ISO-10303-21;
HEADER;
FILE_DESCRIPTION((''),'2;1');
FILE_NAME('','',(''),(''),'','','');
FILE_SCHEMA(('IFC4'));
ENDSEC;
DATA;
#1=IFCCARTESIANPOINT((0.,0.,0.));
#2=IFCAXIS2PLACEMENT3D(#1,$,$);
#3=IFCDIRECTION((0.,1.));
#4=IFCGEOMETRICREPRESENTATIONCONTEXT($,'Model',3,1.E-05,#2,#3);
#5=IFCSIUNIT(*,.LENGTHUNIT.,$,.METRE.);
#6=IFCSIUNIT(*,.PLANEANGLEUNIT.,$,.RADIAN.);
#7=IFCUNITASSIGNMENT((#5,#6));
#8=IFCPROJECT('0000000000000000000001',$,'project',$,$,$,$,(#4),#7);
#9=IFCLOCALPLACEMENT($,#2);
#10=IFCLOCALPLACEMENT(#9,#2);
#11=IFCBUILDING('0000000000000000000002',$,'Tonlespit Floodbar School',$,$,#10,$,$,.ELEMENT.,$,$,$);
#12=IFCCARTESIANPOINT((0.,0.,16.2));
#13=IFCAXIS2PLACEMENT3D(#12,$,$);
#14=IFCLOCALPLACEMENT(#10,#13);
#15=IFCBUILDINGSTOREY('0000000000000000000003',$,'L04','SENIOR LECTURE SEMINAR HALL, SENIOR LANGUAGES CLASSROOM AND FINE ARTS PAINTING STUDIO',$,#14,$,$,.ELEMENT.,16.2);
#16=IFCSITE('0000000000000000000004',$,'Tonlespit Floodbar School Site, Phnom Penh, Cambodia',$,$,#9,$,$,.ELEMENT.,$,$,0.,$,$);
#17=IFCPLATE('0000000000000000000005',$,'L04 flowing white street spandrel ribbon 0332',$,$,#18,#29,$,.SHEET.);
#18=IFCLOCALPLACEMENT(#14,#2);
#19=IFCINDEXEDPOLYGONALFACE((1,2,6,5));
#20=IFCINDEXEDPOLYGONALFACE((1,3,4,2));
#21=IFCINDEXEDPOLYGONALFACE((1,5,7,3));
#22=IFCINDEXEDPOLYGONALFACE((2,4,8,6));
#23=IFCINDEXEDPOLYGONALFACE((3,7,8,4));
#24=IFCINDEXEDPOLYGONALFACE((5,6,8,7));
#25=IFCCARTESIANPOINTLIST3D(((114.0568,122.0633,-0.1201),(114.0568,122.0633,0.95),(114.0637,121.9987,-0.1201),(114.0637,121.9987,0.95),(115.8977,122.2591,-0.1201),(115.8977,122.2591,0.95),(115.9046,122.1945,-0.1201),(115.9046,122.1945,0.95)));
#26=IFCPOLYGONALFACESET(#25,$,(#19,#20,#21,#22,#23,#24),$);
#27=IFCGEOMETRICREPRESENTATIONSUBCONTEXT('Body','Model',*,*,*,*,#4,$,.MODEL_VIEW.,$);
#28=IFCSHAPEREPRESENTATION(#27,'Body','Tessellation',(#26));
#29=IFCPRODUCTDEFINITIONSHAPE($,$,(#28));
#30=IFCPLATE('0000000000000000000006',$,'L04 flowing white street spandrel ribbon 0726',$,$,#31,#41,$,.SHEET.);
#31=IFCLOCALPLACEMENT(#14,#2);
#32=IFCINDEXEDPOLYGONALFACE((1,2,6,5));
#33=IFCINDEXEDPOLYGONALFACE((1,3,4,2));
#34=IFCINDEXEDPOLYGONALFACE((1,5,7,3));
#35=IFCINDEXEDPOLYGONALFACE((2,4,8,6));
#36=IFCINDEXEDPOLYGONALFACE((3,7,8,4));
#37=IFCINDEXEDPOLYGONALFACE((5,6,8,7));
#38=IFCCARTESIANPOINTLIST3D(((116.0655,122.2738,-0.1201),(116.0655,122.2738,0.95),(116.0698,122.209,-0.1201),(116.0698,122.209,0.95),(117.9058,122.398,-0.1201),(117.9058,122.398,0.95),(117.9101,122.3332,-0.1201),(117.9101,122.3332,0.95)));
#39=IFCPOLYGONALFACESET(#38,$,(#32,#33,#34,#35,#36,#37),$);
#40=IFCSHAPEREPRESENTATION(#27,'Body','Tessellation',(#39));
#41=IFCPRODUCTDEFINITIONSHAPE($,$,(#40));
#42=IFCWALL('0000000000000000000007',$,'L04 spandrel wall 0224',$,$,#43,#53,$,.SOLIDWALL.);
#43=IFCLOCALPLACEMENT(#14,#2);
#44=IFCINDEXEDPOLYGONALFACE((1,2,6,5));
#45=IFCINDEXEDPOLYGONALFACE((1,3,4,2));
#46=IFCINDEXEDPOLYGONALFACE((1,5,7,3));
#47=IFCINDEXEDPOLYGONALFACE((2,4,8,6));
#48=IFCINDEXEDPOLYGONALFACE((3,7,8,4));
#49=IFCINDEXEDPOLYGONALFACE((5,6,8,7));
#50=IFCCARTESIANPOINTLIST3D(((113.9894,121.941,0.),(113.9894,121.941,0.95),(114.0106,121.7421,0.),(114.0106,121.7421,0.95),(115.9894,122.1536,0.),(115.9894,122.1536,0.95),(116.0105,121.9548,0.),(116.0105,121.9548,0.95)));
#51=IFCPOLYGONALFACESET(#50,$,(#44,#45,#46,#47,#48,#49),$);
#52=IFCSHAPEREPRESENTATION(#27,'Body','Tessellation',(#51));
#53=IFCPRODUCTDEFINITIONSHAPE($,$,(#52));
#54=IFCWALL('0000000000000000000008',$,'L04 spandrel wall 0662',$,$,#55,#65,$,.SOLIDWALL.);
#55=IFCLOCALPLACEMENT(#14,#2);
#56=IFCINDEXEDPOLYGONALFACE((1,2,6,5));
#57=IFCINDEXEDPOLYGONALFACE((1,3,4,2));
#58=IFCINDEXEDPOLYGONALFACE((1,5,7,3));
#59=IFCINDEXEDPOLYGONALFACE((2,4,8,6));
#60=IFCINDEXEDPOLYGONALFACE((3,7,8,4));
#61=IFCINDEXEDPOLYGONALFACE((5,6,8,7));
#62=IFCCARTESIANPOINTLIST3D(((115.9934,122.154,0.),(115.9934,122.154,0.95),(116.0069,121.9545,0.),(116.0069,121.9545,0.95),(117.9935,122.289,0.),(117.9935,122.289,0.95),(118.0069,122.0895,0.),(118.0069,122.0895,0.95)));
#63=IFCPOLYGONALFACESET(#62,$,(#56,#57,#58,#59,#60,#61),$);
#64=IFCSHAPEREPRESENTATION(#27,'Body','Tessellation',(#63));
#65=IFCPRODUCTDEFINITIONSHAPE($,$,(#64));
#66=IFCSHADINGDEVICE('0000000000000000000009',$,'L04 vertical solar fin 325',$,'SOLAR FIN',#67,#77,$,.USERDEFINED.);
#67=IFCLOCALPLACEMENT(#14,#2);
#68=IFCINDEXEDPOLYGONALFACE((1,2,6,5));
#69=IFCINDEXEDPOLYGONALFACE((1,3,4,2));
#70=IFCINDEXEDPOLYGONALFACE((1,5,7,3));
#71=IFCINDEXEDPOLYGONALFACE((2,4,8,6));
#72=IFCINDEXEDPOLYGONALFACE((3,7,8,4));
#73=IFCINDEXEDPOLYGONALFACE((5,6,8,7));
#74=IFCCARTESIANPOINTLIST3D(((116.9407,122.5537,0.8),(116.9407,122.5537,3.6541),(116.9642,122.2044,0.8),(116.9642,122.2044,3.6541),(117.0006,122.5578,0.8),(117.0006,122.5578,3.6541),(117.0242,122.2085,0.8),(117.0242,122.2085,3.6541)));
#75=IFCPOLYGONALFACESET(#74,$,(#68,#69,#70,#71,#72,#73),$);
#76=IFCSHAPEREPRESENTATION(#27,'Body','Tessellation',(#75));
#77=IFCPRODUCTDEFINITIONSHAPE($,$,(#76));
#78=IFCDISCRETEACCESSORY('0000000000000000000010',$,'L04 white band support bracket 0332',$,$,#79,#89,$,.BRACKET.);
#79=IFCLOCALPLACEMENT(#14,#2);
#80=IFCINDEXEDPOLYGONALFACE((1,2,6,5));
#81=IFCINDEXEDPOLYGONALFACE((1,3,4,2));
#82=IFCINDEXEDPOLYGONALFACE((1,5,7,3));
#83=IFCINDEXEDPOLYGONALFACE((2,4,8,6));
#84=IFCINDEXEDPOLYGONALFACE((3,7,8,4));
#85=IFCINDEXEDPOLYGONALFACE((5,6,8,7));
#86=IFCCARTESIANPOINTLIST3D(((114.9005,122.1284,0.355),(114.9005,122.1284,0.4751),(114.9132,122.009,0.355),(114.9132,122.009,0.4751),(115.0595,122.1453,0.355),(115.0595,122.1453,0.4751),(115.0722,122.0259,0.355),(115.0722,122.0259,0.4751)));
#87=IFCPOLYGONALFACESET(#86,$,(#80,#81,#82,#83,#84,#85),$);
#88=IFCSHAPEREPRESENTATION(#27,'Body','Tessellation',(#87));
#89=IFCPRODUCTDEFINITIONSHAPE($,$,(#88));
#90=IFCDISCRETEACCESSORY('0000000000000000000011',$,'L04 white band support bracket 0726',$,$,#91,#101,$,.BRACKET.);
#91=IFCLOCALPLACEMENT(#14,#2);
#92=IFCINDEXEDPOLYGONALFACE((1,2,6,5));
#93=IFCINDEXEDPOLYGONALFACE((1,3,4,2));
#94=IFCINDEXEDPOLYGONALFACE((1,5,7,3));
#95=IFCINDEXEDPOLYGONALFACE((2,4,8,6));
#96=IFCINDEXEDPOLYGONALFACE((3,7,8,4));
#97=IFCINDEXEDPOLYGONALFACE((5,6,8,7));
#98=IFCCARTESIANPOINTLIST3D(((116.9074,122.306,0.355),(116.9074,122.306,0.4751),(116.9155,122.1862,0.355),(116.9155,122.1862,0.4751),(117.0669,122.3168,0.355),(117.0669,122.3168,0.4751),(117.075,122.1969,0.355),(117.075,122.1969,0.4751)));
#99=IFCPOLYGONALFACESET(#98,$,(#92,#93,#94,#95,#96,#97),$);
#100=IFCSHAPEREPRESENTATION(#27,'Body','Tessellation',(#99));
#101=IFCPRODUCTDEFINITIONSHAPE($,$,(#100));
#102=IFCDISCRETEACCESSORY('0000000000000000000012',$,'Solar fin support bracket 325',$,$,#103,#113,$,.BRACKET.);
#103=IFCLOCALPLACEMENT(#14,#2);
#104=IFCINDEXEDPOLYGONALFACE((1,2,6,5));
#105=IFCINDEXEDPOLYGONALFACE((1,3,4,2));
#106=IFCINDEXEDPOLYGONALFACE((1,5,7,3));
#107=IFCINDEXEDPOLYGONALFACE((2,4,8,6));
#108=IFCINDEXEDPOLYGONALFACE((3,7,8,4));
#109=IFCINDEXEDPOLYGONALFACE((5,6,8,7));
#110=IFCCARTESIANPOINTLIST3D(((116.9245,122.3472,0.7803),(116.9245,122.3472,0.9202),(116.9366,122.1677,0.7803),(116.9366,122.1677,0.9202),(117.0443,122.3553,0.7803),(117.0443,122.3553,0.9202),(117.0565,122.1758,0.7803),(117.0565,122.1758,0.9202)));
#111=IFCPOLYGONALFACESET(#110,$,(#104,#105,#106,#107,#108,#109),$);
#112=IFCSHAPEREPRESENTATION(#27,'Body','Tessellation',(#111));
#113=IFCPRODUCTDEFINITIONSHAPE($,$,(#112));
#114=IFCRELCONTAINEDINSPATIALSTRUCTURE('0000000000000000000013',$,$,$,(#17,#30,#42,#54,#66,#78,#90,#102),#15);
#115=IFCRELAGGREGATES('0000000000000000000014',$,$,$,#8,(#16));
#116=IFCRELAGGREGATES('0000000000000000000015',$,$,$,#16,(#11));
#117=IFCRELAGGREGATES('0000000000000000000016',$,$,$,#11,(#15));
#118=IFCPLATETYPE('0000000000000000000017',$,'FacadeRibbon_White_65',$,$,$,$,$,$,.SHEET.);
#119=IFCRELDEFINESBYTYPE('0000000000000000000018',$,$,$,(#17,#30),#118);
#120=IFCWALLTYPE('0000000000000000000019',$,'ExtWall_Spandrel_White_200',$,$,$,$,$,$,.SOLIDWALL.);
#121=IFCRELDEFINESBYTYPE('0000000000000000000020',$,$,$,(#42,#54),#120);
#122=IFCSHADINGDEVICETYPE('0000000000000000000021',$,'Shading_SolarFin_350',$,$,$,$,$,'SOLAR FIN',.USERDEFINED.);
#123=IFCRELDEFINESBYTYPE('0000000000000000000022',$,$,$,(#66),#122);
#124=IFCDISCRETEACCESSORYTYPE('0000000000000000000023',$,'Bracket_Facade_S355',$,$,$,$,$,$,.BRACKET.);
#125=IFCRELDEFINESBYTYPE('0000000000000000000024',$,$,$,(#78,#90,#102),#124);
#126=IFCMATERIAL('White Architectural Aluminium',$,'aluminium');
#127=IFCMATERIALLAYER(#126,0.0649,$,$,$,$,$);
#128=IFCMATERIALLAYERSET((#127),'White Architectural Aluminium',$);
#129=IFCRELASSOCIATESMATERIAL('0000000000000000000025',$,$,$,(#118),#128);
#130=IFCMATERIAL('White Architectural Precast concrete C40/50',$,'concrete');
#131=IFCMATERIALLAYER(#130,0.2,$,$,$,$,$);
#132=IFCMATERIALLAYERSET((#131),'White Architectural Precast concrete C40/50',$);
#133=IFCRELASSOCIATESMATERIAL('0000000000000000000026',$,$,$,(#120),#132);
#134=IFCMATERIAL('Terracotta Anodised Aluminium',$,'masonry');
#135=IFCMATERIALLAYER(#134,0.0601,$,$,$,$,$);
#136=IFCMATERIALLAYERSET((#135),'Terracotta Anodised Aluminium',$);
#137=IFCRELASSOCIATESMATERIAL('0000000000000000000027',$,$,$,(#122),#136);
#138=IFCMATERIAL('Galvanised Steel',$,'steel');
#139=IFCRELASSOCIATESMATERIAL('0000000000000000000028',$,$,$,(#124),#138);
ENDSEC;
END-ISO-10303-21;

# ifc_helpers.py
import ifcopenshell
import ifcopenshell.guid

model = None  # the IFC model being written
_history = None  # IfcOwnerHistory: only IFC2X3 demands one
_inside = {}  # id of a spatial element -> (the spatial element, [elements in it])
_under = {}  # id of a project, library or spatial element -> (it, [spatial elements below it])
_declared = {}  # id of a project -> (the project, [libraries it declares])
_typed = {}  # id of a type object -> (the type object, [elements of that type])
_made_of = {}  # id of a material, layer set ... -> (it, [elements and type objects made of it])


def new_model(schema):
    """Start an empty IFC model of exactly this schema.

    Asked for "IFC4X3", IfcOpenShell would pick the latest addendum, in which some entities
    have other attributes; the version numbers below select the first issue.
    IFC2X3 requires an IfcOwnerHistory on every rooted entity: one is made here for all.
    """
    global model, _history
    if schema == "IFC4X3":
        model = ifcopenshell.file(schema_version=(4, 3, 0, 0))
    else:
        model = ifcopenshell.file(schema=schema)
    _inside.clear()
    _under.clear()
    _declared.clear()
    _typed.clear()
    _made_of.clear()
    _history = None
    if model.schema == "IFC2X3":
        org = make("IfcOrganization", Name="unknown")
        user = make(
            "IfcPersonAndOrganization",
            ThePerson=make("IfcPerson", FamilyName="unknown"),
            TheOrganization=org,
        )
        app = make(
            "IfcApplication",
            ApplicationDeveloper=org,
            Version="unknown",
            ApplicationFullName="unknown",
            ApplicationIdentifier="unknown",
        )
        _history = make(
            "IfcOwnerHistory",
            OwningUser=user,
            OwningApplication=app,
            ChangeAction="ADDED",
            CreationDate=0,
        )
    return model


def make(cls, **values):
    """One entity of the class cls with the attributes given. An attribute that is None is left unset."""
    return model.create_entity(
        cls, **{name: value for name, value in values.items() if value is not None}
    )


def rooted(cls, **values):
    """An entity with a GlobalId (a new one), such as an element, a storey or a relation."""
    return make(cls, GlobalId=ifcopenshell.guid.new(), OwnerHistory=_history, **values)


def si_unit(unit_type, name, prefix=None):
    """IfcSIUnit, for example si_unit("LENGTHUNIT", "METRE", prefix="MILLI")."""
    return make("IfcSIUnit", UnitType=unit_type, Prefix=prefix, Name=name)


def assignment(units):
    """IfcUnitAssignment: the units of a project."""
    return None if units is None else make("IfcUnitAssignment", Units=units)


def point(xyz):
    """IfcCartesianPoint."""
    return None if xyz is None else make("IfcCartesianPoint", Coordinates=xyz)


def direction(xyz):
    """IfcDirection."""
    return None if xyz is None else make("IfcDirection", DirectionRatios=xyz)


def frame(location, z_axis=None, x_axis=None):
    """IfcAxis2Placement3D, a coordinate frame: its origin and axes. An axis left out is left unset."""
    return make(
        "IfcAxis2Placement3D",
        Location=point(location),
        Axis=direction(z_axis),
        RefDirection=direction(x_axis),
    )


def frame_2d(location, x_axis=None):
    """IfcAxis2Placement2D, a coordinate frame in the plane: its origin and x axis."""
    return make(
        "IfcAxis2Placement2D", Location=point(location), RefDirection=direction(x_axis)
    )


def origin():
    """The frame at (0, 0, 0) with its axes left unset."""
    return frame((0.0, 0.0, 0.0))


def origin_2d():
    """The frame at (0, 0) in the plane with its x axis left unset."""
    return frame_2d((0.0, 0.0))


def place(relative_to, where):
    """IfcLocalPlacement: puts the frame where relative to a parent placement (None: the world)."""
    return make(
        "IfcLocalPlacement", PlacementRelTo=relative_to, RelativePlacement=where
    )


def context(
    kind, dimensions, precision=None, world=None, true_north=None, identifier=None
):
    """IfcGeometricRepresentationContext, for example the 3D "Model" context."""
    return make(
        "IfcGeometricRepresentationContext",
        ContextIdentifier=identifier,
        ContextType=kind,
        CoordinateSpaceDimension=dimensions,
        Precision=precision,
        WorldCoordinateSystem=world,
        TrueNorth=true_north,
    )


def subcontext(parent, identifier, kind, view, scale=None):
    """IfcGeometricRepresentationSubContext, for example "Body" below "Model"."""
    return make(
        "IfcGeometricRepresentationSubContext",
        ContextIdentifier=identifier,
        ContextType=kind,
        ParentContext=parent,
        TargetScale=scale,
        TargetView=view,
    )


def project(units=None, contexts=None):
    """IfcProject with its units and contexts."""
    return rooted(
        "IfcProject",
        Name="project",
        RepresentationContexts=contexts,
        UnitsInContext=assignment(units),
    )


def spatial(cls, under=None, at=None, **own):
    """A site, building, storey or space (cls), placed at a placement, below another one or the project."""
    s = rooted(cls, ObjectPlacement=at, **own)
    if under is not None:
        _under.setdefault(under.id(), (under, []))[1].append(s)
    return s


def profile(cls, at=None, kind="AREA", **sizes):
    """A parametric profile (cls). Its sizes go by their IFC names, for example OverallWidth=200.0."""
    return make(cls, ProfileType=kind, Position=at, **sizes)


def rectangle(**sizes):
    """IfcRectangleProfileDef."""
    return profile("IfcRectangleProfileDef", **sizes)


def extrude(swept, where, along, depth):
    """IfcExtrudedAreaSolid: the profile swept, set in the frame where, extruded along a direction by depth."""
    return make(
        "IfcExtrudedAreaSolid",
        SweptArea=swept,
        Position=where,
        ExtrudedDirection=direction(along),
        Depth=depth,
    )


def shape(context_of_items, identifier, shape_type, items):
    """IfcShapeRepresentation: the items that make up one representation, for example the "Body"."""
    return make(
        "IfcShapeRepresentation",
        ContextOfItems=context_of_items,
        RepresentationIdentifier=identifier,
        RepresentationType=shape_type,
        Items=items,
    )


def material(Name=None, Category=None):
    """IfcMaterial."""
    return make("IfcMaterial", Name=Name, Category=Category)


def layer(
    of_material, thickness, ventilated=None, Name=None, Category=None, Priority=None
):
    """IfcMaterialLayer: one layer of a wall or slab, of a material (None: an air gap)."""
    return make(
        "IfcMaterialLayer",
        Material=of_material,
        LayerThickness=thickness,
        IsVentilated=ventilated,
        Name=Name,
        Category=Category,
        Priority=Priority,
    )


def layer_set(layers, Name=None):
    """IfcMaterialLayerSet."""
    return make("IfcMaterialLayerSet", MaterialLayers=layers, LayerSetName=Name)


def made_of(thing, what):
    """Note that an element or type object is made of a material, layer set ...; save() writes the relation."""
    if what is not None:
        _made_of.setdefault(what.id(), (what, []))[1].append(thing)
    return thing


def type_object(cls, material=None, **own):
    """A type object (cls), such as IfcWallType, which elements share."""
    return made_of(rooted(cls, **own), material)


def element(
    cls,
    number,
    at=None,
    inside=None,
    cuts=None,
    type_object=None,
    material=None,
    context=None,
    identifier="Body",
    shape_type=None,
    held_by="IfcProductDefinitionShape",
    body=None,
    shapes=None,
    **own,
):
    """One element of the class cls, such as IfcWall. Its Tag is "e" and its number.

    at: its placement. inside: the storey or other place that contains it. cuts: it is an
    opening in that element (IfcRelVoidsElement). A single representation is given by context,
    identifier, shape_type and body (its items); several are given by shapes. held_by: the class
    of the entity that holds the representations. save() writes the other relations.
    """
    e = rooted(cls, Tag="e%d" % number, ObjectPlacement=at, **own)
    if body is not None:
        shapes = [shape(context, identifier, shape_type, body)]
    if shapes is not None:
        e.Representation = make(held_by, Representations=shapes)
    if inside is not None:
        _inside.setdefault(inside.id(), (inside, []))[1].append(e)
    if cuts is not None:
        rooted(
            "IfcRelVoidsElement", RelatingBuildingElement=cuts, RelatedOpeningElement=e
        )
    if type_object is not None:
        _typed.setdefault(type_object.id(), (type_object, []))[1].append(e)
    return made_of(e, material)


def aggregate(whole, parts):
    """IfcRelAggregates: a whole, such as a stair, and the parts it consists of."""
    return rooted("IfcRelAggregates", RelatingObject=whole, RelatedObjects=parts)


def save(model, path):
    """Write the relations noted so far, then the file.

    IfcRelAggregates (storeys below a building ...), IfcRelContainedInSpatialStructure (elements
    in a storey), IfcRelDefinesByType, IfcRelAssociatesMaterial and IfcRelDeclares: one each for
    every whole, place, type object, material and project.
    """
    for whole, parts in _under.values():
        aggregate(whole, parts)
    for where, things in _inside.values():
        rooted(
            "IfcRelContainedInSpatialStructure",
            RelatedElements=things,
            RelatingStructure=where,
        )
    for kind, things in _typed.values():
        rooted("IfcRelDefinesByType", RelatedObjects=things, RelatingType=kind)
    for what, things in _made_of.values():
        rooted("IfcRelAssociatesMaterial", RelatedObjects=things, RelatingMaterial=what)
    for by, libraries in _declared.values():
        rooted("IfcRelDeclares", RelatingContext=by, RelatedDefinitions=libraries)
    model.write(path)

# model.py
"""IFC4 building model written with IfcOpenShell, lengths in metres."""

from ifc_helpers import new_model, si_unit, direction, frame, frame_2d, origin, origin_2d, place, context, subcontext, project, spatial, rectangle, extrude, material, layer, layer_set, type_object, element, save


model = new_model("IFC4")

# Units and contexts
model_context = context("Model", 3, precision=1e-05, world=origin(), true_north=direction((0.0, 1.0)))
body_context = subcontext(model_context, "Body", "Model", "MODEL_VIEW")
ifc_project = project(units=[si_unit("LENGTHUNIT", "METRE"), si_unit("PLANEANGLEUNIT", "RADIAN")], contexts=[model_context])

# Site, building, storey
site_placement = place(None, origin())
site = spatial("IfcSite", under=ifc_project, at=site_placement, Name="Tonlespit Floodbar School Site, Phnom Penh, Cambodia", CompositionType="ELEMENT", RefElevation=0.0)
building_placement = place(site_placement, origin())
building = spatial("IfcBuilding", under=site, at=building_placement, Name="Tonlespit Floodbar School", CompositionType="ELEMENT")
storey_placement = place(building_placement, frame((0.0, 0.0, 16.2)))
storey = spatial("IfcBuildingStorey", under=building, at=storey_placement, Name="L04", Description="SENIOR LECTURE SEMINAR HALL, SENIOR LANGUAGES CLASSROOM AND FINE ARTS PAINTING STUDIO", CompositionType="ELEMENT", Elevation=16.2)

# Plates
ifc_material_1 = material(Name="White Architectural Aluminium", Category="aluminium")
ifc_layer_1 = layer(ifc_material_1, 0.0649)
ifc_layer_set_1 = layer_set([ifc_layer_1], Name="White Architectural Aluminium")
plate_type_1 = type_object("IfcPlateType", Name="FacadeRibbon_White_65", PredefinedType="SHEET", material=ifc_layer_set_1)
plate_1_placement = place(storey_placement, frame((114.9807, 122.1289, -0.1201), z_axis=(0.0, 0.0, 1.0), x_axis=(0.994392, 0.105754, 0.0)))
element("IfcPlate", 1, at=plate_1_placement, inside=storey, type_object=plate_type_1, Name="L04 flowing white street spandrel ribbon 0332", PredefinedType="SHEET", context=body_context, shape_type="SweptSolid", body=[
    extrude(rectangle(XDim=1.8513, YDim=0.0649, at=origin_2d()), origin(), (0.0, 0.0, 1.0), 1.0701),
])
plate_2_placement = place(storey_placement, frame((116.9878, 122.3035, -0.1201), z_axis=(0.0, 0.0, 1.0), x_axis=(0.99773, 0.067347, 0.0)))
element("IfcPlate", 2, at=plate_2_placement, inside=storey, type_object=plate_type_1, Name="L04 flowing white street spandrel ribbon 0726", PredefinedType="SHEET", context=body_context, shape_type="SweptSolid", body=[
    extrude(rectangle(XDim=1.8445, YDim=0.0649, at=origin_2d()), origin(), (0.0, 0.0, 1.0), 1.0701),
])

# Walls
ifc_material_2 = material(Name="White Architectural Precast concrete C40/50", Category="concrete")
ifc_layer_2 = layer(ifc_material_2, 0.2)
ifc_layer_set_2 = layer_set([ifc_layer_2], Name="White Architectural Precast concrete C40/50")
wall_type = type_object("IfcWallType", Name="ExtWall_Spandrel_White_200", PredefinedType="SOLIDWALL", material=ifc_layer_set_2)
wall_1_placement = place(storey_placement, frame((114.0, 121.8416, 0.0), z_axis=(0.0, 0.0, 1.0), x_axis=(0.994395, 0.105727, 0.0)))
element("IfcWall", 3, at=wall_1_placement, inside=storey, type_object=wall_type, Name="L04 spandrel wall 0224", PredefinedType="SOLIDWALL", context=body_context, shape_type="SweptSolid", body=[
    extrude(rectangle(XDim=2.0112, YDim=0.2, at=frame_2d((1.0056, 0.0))), origin(), (0.0, 0.0, 1.0), 0.95),
])
wall_2_placement = place(storey_placement, frame((116.0, 122.0542, 0.0), z_axis=(0.0, 0.0, 1.0), x_axis=(0.997729, 0.067352, 0.0)))
element("IfcWall", 4, at=wall_2_placement, inside=storey, type_object=wall_type, Name="L04 spandrel wall 0662", PredefinedType="SOLIDWALL", context=body_context, shape_type="SweptSolid", body=[
    extrude(rectangle(XDim=2.0046, YDim=0.2, at=frame_2d((1.0024, 0.0))), origin(), (0.0, 0.0, 1.0), 0.95),
])

# Shading device
ifc_material_3 = material(Name="Terracotta Anodised Aluminium", Category="masonry")
ifc_layer_3 = layer(ifc_material_3, 0.0601)
ifc_layer_set_3 = layer_set([ifc_layer_3], Name="Terracotta Anodised Aluminium")
shading_device_type = type_object("IfcShadingDeviceType", Name="Shading_SolarFin_350", ElementType="SOLAR FIN", PredefinedType="USERDEFINED", material=ifc_layer_set_3)
shading_device_placement = place(storey_placement, frame((116.9824, 122.3811, 0.8), z_axis=(0.0, 0.0, 1.0), x_axis=(0.99773, 0.067347, 0.0)))
element("IfcShadingDevice", 5, at=shading_device_placement, inside=storey, type_object=shading_device_type, Name="L04 vertical solar fin 325", ObjectType="SOLAR FIN", PredefinedType="USERDEFINED", context=body_context, shape_type="SweptSolid", body=[
    extrude(rectangle(XDim=0.0601, YDim=0.3501, at=origin_2d()), origin(), (0.0, 0.0, 1.0), 2.854),
])

# Discrete accessories
ifc_material_4 = material(Name="Galvanised Steel", Category="steel")
discrete_accessory_type = type_object("IfcDiscreteAccessoryType", Name="Bracket_Facade_S355", PredefinedType="BRACKET", material=ifc_material_4)
for number, where, z_axis, x_axis, name in (
    (6, (114.9863, 122.0771, 0.355), (0.0, 0.0, 1.0), (0.994392, 0.105754, 0.0), "L04 white band support bracket 0332"),
    (7, (116.9912, 122.2515, 0.355), (0.0, 0.0, 1.0), (0.99773, 0.067347, 0.0), "L04 white band support bracket 0726"),
):
    element("IfcDiscreteAccessory", number, at=place(storey_placement, frame(where, z_axis=z_axis, x_axis=x_axis)), inside=storey, type_object=discrete_accessory_type, Name=name, PredefinedType="BRACKET", context=body_context, shape_type="SweptSolid", body=[
        extrude(rectangle(XDim=0.1599, YDim=0.1201, at=origin_2d()), origin(), (0.0, 0.0, 1.0), 0.1201),
    ])
discrete_accessory_placement = place(storey_placement, frame((116.9905, 122.2615, 0.7803), z_axis=(0.0, 0.0, 1.0), x_axis=(0.99773, 0.067347, 0.0)))
element("IfcDiscreteAccessory", 8, at=discrete_accessory_placement, inside=storey, type_object=discrete_accessory_type, Name="Solar fin support bracket 325", PredefinedType="BRACKET", context=body_context, shape_type="SweptSolid", body=[
    extrude(rectangle(XDim=0.1201, YDim=0.1799, at=origin_2d()), origin(), (0.0, 0.0, 1.0), 0.1399),
])

save(model, "model.ifc")
